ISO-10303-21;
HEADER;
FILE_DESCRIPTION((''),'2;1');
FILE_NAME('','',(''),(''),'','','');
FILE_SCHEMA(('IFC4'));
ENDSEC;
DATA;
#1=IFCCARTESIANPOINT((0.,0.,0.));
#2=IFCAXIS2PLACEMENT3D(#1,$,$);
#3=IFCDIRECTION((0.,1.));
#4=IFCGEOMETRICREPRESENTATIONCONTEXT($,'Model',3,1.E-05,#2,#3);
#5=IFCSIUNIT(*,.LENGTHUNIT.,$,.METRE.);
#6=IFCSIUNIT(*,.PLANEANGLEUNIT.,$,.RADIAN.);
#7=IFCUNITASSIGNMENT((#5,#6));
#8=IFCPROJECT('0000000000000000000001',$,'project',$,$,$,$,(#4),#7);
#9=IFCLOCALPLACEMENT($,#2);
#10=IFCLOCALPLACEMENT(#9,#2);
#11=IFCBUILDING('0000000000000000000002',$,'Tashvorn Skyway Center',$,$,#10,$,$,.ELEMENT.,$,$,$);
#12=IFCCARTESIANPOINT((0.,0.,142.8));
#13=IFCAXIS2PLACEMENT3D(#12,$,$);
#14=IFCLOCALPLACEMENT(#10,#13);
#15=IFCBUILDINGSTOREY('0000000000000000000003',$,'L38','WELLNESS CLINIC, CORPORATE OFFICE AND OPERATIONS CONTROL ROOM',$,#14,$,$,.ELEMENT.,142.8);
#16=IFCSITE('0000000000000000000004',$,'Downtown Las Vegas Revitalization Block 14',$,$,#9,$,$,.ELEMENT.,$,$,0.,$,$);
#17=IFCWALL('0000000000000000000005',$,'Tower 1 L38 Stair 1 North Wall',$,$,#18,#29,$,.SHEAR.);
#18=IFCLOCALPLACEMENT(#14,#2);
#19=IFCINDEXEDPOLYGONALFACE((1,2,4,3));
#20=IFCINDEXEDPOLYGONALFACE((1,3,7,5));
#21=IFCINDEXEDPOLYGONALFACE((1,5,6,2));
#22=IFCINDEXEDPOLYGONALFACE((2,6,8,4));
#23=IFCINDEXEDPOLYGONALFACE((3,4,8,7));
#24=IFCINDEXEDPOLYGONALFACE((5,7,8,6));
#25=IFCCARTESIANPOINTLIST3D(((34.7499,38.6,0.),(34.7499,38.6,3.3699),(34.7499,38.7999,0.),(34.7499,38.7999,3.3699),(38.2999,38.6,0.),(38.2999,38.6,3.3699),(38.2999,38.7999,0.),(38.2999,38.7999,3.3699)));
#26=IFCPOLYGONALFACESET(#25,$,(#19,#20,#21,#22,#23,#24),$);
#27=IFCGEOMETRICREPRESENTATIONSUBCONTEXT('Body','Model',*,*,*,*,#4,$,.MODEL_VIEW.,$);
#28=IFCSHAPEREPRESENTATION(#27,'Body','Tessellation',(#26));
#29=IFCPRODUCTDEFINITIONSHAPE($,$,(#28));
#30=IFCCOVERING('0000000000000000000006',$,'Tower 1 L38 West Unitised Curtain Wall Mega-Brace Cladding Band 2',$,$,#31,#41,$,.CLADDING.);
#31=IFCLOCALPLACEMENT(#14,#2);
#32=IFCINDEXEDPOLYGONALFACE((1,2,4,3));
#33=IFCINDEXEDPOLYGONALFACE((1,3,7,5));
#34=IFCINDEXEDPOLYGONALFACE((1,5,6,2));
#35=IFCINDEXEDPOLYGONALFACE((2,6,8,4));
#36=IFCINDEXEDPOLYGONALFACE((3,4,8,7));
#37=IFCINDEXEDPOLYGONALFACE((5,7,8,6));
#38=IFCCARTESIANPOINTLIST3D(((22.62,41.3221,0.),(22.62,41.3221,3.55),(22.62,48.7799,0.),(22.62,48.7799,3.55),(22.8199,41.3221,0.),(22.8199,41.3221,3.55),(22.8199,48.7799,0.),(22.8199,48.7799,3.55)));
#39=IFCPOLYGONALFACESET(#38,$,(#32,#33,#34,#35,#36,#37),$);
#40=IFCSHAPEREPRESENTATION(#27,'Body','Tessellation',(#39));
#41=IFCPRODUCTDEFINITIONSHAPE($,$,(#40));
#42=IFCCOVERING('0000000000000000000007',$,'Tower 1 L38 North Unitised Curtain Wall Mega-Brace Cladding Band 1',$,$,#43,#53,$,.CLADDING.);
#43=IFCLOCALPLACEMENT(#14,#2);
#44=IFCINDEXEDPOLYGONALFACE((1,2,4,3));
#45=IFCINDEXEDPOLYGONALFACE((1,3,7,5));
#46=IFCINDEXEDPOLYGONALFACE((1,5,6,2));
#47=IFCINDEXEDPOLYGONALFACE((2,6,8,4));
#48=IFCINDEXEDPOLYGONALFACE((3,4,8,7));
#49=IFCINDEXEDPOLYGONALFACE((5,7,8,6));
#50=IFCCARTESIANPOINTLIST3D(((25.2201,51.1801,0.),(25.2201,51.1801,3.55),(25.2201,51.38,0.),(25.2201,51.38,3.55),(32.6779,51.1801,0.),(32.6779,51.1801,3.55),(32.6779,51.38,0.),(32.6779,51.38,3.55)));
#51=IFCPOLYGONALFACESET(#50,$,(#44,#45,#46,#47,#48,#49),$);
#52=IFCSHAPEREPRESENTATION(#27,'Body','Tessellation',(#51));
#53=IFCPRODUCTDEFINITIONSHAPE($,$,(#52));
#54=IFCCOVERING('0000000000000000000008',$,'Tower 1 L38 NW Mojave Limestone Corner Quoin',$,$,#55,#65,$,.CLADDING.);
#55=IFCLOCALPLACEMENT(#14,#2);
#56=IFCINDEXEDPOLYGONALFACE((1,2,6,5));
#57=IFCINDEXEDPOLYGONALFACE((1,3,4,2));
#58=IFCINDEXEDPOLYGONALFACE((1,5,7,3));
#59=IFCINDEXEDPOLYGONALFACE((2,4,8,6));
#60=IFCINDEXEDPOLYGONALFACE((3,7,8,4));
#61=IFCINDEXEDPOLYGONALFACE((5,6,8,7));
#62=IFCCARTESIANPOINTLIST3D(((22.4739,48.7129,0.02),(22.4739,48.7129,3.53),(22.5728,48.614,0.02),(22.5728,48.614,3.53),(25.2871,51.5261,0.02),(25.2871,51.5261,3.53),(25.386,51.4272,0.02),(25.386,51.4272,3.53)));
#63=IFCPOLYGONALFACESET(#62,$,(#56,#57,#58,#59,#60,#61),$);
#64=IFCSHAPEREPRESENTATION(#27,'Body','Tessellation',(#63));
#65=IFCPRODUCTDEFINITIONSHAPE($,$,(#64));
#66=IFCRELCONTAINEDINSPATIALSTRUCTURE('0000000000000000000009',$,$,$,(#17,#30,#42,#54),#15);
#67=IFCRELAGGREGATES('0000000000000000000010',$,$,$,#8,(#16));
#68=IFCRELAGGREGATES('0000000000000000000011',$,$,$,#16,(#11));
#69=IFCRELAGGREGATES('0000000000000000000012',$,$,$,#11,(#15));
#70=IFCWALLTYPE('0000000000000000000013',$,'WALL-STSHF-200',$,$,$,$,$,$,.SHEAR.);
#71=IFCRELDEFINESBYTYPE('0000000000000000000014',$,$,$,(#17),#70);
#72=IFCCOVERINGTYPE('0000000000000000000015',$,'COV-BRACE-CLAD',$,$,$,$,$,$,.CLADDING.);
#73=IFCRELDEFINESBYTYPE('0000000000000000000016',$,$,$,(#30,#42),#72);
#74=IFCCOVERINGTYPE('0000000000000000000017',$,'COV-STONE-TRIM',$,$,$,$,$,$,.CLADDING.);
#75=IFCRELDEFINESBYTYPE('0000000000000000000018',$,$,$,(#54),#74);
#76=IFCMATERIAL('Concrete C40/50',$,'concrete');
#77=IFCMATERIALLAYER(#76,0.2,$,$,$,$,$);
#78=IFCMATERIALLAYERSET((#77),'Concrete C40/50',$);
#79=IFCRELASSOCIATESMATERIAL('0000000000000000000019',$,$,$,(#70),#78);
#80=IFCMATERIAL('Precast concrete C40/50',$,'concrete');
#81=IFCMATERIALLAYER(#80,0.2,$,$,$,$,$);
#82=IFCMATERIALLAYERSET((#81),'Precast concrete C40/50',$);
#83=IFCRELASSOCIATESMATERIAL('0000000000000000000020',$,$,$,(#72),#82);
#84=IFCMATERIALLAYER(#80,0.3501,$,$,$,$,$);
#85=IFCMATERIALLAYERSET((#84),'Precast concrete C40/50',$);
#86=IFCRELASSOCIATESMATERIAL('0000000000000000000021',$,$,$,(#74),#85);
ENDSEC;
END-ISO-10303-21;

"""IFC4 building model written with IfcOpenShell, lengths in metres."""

from ifc_helpers import new_model, si_unit, direction, frame, frame_2d, origin, origin_2d, place, context, subcontext, project, spatial, rectangle, extrude, material, layer, layer_set, type_object, element, save


model = new_model("IFC4")

# Units and contexts
model_context = context("Model", 3, precision=1e-05, world=origin(), true_north=direction((0.0, 1.0)))
body_context = subcontext(model_context, "Body", "Model", "MODEL_VIEW")
ifc_project = project(units=[si_unit("LENGTHUNIT", "METRE"), si_unit("PLANEANGLEUNIT", "RADIAN")], contexts=[model_context])

# Site, building, storey
site_placement = place(None, origin())
site = spatial("IfcSite", under=ifc_project, at=site_placement, Name="Downtown Las Vegas Revitalization Block 14", CompositionType="ELEMENT", RefElevation=0.0)
building_placement = place(site_placement, origin())
building = spatial("IfcBuilding", under=site, at=building_placement, Name="Tashvorn Skyway Center", CompositionType="ELEMENT")
storey_placement = place(building_placement, frame((0.0, 0.0, 142.8)))
storey = spatial("IfcBuildingStorey", under=building, at=storey_placement, Name="L38", Description="WELLNESS CLINIC, CORPORATE OFFICE AND OPERATIONS CONTROL ROOM", CompositionType="ELEMENT", Elevation=142.8)

# Shared definitions
ifc_material_1 = material(Name="Precast concrete C40/50", Category="concrete")

# Wall
ifc_material_2 = material(Name="Concrete C40/50", Category="concrete")
ifc_layer_1 = layer(ifc_material_2, 0.2)
ifc_layer_set_1 = layer_set([ifc_layer_1], Name="Concrete C40/50")
wall_type_1 = type_object("IfcWallType", Name="WALL-STSHF-200", PredefinedType="SHEAR", material=ifc_layer_set_1)
wall_1_placement = place(storey_placement, frame((34.75, 38.7, 0.0), z_axis=(0.0, 0.0, 1.0), x_axis=(1.0, 0.0, 0.0)))
element("IfcWall", 1, at=wall_1_placement, inside=storey, type_object=wall_type_1, Name="Tower 1 L38 Stair 1 North Wall", PredefinedType="SHEAR", context=body_context, shape_type="SweptSolid", body=[
    extrude(rectangle(XDim=3.55, YDim=0.2, at=frame_2d((1.7749, 0.0))), origin(), (0.0, 0.0, 1.0), 3.3699),
])

# Coverings
ifc_layer_2 = layer(ifc_material_1, 0.2)
ifc_layer_set_2 = layer_set([ifc_layer_2], Name="Precast concrete C40/50")
covering_type_1 = type_object("IfcCoveringType", Name="COV-BRACE-CLAD", PredefinedType="CLADDING", material=ifc_layer_set_2)
for number, where, z_axis, x_axis, name in (
    (2, (22.72, 45.051, 0.0), (0.0, 0.0, 1.0), (0.0, 1.0, 0.0), "Tower 1 L38 West Unitised Curtain Wall Mega-Brace Cladding Band 2"),
    (3, (28.949, 51.28, 0.0), (0.0, 0.0, 1.0), (1.0, 0.0, 0.0), "Tower 1 L38 North Unitised Curtain Wall Mega-Brace Cladding Band 1"),
):
    element("IfcCovering", number, at=place(storey_placement, frame(where, z_axis=z_axis, x_axis=x_axis)), inside=storey, type_object=covering_type_1, Name=name, PredefinedType="CLADDING", context=body_context, shape_type="SweptSolid", body=[
        extrude(rectangle(XDim=7.4578, YDim=0.2, at=origin_2d()), origin(), (0.0, 0.0, 1.0), 3.55),
    ])
ifc_layer_3 = layer(ifc_material_1, 0.3501)
ifc_layer_set_3 = layer_set([ifc_layer_3], Name="Precast concrete C40/50")
covering_type_2 = type_object("IfcCoveringType", Name="COV-STONE-TRIM", PredefinedType="CLADDING", material=ifc_layer_set_3)
covering_placement = place(storey_placement, frame((23.9299, 50.0701, 0.02), z_axis=(0.0, 0.0, 1.0), x_axis=(-0.707107, -0.707107, 0.0)))
element("IfcCovering", 4, at=covering_placement, inside=storey, type_object=covering_type_2, Name="Tower 1 L38 NW Mojave Limestone Corner Quoin", PredefinedType="CLADDING", context=body_context, shape_type="SweptSolid", body=[
    extrude(rectangle(XDim=3.9785, YDim=0.1399, at=origin_2d()), origin(), (0.0, 0.0, 1.0), 3.51),
])

save(model, "model.ifc")
